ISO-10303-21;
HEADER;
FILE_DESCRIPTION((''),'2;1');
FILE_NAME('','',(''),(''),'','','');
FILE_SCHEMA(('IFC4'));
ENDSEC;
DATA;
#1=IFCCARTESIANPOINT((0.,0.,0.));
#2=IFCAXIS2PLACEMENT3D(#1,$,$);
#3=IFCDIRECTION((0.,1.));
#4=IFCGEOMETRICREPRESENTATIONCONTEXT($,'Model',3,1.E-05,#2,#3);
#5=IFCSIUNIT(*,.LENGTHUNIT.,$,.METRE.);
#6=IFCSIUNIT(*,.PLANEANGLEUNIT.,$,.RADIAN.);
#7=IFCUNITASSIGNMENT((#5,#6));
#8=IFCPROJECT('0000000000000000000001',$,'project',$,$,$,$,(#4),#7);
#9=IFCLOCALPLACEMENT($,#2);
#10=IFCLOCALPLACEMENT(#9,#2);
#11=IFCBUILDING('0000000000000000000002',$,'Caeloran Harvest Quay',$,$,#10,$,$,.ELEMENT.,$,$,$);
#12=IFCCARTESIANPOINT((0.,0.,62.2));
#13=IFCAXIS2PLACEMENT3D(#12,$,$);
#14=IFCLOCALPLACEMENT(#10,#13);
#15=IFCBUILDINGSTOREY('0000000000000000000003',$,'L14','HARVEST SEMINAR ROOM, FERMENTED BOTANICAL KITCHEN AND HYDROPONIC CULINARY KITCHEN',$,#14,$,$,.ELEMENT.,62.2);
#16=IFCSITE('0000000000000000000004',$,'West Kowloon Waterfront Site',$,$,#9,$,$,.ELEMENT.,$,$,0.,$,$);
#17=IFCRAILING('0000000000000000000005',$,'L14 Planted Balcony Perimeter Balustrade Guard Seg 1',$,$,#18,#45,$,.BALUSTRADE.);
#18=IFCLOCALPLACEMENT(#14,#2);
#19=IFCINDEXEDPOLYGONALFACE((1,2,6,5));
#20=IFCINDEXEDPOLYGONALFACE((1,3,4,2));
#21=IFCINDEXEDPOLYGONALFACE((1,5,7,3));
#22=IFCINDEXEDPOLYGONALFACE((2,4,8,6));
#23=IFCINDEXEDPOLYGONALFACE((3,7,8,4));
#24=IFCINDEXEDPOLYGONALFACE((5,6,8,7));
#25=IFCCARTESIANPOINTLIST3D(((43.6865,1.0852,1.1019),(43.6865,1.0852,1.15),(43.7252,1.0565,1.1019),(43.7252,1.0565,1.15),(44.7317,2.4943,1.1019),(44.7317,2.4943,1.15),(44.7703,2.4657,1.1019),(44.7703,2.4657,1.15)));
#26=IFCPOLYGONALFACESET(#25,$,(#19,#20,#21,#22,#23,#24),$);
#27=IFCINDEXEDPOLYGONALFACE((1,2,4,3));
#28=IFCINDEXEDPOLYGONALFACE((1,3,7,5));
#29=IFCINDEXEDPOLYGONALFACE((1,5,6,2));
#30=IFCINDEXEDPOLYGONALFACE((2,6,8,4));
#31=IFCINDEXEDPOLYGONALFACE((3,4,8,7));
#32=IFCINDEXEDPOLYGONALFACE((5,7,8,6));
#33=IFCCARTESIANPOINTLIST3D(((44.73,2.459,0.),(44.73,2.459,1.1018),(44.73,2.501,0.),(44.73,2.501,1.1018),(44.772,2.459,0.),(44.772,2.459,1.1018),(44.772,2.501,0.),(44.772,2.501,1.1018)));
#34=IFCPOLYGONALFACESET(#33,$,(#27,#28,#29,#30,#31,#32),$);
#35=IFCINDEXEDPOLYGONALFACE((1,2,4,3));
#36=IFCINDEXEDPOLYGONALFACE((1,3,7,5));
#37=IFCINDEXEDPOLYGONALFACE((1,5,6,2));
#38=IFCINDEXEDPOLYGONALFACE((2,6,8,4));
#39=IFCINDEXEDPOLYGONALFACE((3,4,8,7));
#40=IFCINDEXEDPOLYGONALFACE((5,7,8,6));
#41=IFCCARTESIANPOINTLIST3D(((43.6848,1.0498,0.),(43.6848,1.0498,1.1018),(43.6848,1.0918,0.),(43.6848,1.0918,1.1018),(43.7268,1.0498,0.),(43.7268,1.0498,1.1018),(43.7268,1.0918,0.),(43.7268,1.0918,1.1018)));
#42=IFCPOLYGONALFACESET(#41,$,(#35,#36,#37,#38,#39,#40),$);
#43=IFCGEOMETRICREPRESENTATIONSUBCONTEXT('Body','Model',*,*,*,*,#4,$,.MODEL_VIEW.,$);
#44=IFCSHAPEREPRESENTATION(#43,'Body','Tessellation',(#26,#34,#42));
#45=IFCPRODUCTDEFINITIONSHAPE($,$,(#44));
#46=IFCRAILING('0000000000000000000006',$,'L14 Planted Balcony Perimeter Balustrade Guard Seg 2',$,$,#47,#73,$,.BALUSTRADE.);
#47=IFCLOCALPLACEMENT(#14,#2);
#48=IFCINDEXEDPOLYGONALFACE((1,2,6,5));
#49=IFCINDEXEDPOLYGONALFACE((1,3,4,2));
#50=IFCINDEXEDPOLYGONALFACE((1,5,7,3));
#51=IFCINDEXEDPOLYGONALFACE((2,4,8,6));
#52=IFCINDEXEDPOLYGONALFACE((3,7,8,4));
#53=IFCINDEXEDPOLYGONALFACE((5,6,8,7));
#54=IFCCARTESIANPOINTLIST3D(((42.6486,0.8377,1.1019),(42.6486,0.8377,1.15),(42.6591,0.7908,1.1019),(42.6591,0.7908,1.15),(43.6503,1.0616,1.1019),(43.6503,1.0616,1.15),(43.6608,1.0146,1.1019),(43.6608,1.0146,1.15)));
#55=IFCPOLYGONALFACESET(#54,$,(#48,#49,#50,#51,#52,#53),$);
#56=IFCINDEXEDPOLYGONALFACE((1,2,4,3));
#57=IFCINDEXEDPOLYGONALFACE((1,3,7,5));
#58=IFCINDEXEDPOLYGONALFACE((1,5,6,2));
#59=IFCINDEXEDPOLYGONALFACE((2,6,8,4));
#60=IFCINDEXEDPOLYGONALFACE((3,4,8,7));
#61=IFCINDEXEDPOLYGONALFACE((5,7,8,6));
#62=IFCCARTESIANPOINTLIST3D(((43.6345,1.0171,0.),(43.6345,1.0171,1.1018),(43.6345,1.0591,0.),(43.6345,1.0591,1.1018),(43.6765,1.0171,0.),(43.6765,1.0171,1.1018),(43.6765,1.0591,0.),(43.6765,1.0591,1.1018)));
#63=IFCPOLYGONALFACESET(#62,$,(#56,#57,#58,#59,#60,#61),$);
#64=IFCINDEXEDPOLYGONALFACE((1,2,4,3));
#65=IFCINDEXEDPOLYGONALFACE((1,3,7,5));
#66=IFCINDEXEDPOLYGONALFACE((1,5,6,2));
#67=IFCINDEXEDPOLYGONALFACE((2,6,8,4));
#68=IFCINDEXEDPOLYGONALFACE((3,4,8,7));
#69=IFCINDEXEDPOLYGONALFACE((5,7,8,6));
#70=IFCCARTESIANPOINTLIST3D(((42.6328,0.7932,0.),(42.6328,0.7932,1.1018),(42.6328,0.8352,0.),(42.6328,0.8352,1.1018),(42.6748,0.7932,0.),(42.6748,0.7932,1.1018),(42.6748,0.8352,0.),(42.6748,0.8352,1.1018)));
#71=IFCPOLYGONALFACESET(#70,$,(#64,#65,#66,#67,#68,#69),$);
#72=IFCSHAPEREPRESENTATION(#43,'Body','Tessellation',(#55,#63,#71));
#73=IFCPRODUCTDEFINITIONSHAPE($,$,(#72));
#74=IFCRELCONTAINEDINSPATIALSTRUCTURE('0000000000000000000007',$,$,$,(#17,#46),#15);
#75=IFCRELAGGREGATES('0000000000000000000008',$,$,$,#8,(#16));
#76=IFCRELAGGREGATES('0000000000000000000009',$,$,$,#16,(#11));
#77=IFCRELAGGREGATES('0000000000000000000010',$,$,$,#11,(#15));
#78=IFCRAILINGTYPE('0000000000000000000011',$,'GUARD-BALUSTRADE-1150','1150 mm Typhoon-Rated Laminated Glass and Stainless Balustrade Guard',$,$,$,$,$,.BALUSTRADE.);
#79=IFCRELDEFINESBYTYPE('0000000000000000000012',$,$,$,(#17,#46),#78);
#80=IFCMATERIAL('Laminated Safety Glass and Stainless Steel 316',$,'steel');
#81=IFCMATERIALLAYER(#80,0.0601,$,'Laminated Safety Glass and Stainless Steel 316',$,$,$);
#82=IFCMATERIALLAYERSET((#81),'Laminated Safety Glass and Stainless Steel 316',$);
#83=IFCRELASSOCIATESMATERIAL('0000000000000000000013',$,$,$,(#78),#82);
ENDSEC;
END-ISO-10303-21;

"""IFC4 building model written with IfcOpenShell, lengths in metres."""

from ifc_helpers import new_model, si_unit, direction, frame, origin, origin_2d, place, context, subcontext, project, spatial, rectangle, extrude, material, layer, layer_set, type_object, element, save


model = new_model("IFC4")

# Units and contexts
model_context = context("Model", 3, precision=1e-05, world=origin(), true_north=direction((0.0, 1.0)))
body_context = subcontext(model_context, "Body", "Model", "MODEL_VIEW")
ifc_project = project(units=[si_unit("LENGTHUNIT", "METRE"), si_unit("PLANEANGLEUNIT", "RADIAN")], contexts=[model_context])

# Site, building, storey
site_placement = place(None, origin())
site = spatial("IfcSite", under=ifc_project, at=site_placement, Name="West Kowloon Waterfront Site", CompositionType="ELEMENT", RefElevation=0.0)
building_placement = place(site_placement, origin())
building = spatial("IfcBuilding", under=site, at=building_placement, Name="Caeloran Harvest Quay", CompositionType="ELEMENT")
storey_placement = place(building_placement, frame((0.0, 0.0, 62.2)))
storey = spatial("IfcBuildingStorey", under=building, at=storey_placement, Name="L14", Description="HARVEST SEMINAR ROOM, FERMENTED BOTANICAL KITCHEN AND HYDROPONIC CULINARY KITCHEN", CompositionType="ELEMENT", Elevation=62.2)

# Railings
ifc_material_1 = material(Name="Laminated Safety Glass and Stainless Steel 316", Category="steel")
ifc_layer_1 = layer(ifc_material_1, 0.0601, Name="Laminated Safety Glass and Stainless Steel 316")
ifc_layer_set_1 = layer_set([ifc_layer_1], Name="Laminated Safety Glass and Stainless Steel 316")
railing_type = type_object("IfcRailingType", Name="GUARD-BALUSTRADE-1150", Description="1150 mm Typhoon-Rated Laminated Glass and Stainless Balustrade Guard", PredefinedType="BALUSTRADE", material=ifc_layer_set_1)
railing_1_placement = place(storey_placement, frame((44.751, 2.48, 0.0)))
element("IfcRailing", 1, at=railing_1_placement, inside=storey, type_object=railing_type, Name="L14 Planted Balcony Perimeter Balustrade Guard Seg 1", PredefinedType="BALUSTRADE", context=body_context, shape_type="SweptSolid", body=[
    extrude(rectangle(XDim=0.0481, YDim=0.0481, at=origin_2d()), frame((0.0, 0.0, 1.126), z_axis=(-0.595717, -0.803195, 0.0), x_axis=(0.803195, -0.595717, 0.0)), (0.0, 0.0, 1.0), 1.7544),
    extrude(rectangle(XDim=0.042, YDim=0.042, at=origin_2d()), origin(), (0.0, 0.0, 1.0), 1.1018),
    extrude(rectangle(XDim=0.042, YDim=0.042, at=origin_2d()), frame((-1.0452, -1.4092, 0.0)), (0.0, 0.0, 1.0), 1.1018),
])
railing_2_placement = place(storey_placement, frame((43.6555, 1.0381, 0.0)))
element("IfcRailing", 2, at=railing_2_placement, inside=storey, type_object=railing_type, Name="L14 Planted Balcony Perimeter Balustrade Guard Seg 2", PredefinedType="BALUSTRADE", context=body_context, shape_type="SweptSolid", body=[
    extrude(rectangle(XDim=0.0481, YDim=0.0481, at=origin_2d()), frame((0.0, 0.0, 1.126), z_axis=(-0.975923, -0.218114, 0.0), x_axis=(0.218114, -0.975923, 0.0)), (0.0, 0.0, 1.0), 1.0264),
    extrude(rectangle(XDim=0.042, YDim=0.042, at=origin_2d()), origin(), (0.0, 0.0, 1.0), 1.1018),
    extrude(rectangle(XDim=0.042, YDim=0.042, at=origin_2d()), frame((-1.0017, -0.2239, 0.0)), (0.0, 0.0, 1.0), 1.1018),
])

save(model, "model.ifc")
